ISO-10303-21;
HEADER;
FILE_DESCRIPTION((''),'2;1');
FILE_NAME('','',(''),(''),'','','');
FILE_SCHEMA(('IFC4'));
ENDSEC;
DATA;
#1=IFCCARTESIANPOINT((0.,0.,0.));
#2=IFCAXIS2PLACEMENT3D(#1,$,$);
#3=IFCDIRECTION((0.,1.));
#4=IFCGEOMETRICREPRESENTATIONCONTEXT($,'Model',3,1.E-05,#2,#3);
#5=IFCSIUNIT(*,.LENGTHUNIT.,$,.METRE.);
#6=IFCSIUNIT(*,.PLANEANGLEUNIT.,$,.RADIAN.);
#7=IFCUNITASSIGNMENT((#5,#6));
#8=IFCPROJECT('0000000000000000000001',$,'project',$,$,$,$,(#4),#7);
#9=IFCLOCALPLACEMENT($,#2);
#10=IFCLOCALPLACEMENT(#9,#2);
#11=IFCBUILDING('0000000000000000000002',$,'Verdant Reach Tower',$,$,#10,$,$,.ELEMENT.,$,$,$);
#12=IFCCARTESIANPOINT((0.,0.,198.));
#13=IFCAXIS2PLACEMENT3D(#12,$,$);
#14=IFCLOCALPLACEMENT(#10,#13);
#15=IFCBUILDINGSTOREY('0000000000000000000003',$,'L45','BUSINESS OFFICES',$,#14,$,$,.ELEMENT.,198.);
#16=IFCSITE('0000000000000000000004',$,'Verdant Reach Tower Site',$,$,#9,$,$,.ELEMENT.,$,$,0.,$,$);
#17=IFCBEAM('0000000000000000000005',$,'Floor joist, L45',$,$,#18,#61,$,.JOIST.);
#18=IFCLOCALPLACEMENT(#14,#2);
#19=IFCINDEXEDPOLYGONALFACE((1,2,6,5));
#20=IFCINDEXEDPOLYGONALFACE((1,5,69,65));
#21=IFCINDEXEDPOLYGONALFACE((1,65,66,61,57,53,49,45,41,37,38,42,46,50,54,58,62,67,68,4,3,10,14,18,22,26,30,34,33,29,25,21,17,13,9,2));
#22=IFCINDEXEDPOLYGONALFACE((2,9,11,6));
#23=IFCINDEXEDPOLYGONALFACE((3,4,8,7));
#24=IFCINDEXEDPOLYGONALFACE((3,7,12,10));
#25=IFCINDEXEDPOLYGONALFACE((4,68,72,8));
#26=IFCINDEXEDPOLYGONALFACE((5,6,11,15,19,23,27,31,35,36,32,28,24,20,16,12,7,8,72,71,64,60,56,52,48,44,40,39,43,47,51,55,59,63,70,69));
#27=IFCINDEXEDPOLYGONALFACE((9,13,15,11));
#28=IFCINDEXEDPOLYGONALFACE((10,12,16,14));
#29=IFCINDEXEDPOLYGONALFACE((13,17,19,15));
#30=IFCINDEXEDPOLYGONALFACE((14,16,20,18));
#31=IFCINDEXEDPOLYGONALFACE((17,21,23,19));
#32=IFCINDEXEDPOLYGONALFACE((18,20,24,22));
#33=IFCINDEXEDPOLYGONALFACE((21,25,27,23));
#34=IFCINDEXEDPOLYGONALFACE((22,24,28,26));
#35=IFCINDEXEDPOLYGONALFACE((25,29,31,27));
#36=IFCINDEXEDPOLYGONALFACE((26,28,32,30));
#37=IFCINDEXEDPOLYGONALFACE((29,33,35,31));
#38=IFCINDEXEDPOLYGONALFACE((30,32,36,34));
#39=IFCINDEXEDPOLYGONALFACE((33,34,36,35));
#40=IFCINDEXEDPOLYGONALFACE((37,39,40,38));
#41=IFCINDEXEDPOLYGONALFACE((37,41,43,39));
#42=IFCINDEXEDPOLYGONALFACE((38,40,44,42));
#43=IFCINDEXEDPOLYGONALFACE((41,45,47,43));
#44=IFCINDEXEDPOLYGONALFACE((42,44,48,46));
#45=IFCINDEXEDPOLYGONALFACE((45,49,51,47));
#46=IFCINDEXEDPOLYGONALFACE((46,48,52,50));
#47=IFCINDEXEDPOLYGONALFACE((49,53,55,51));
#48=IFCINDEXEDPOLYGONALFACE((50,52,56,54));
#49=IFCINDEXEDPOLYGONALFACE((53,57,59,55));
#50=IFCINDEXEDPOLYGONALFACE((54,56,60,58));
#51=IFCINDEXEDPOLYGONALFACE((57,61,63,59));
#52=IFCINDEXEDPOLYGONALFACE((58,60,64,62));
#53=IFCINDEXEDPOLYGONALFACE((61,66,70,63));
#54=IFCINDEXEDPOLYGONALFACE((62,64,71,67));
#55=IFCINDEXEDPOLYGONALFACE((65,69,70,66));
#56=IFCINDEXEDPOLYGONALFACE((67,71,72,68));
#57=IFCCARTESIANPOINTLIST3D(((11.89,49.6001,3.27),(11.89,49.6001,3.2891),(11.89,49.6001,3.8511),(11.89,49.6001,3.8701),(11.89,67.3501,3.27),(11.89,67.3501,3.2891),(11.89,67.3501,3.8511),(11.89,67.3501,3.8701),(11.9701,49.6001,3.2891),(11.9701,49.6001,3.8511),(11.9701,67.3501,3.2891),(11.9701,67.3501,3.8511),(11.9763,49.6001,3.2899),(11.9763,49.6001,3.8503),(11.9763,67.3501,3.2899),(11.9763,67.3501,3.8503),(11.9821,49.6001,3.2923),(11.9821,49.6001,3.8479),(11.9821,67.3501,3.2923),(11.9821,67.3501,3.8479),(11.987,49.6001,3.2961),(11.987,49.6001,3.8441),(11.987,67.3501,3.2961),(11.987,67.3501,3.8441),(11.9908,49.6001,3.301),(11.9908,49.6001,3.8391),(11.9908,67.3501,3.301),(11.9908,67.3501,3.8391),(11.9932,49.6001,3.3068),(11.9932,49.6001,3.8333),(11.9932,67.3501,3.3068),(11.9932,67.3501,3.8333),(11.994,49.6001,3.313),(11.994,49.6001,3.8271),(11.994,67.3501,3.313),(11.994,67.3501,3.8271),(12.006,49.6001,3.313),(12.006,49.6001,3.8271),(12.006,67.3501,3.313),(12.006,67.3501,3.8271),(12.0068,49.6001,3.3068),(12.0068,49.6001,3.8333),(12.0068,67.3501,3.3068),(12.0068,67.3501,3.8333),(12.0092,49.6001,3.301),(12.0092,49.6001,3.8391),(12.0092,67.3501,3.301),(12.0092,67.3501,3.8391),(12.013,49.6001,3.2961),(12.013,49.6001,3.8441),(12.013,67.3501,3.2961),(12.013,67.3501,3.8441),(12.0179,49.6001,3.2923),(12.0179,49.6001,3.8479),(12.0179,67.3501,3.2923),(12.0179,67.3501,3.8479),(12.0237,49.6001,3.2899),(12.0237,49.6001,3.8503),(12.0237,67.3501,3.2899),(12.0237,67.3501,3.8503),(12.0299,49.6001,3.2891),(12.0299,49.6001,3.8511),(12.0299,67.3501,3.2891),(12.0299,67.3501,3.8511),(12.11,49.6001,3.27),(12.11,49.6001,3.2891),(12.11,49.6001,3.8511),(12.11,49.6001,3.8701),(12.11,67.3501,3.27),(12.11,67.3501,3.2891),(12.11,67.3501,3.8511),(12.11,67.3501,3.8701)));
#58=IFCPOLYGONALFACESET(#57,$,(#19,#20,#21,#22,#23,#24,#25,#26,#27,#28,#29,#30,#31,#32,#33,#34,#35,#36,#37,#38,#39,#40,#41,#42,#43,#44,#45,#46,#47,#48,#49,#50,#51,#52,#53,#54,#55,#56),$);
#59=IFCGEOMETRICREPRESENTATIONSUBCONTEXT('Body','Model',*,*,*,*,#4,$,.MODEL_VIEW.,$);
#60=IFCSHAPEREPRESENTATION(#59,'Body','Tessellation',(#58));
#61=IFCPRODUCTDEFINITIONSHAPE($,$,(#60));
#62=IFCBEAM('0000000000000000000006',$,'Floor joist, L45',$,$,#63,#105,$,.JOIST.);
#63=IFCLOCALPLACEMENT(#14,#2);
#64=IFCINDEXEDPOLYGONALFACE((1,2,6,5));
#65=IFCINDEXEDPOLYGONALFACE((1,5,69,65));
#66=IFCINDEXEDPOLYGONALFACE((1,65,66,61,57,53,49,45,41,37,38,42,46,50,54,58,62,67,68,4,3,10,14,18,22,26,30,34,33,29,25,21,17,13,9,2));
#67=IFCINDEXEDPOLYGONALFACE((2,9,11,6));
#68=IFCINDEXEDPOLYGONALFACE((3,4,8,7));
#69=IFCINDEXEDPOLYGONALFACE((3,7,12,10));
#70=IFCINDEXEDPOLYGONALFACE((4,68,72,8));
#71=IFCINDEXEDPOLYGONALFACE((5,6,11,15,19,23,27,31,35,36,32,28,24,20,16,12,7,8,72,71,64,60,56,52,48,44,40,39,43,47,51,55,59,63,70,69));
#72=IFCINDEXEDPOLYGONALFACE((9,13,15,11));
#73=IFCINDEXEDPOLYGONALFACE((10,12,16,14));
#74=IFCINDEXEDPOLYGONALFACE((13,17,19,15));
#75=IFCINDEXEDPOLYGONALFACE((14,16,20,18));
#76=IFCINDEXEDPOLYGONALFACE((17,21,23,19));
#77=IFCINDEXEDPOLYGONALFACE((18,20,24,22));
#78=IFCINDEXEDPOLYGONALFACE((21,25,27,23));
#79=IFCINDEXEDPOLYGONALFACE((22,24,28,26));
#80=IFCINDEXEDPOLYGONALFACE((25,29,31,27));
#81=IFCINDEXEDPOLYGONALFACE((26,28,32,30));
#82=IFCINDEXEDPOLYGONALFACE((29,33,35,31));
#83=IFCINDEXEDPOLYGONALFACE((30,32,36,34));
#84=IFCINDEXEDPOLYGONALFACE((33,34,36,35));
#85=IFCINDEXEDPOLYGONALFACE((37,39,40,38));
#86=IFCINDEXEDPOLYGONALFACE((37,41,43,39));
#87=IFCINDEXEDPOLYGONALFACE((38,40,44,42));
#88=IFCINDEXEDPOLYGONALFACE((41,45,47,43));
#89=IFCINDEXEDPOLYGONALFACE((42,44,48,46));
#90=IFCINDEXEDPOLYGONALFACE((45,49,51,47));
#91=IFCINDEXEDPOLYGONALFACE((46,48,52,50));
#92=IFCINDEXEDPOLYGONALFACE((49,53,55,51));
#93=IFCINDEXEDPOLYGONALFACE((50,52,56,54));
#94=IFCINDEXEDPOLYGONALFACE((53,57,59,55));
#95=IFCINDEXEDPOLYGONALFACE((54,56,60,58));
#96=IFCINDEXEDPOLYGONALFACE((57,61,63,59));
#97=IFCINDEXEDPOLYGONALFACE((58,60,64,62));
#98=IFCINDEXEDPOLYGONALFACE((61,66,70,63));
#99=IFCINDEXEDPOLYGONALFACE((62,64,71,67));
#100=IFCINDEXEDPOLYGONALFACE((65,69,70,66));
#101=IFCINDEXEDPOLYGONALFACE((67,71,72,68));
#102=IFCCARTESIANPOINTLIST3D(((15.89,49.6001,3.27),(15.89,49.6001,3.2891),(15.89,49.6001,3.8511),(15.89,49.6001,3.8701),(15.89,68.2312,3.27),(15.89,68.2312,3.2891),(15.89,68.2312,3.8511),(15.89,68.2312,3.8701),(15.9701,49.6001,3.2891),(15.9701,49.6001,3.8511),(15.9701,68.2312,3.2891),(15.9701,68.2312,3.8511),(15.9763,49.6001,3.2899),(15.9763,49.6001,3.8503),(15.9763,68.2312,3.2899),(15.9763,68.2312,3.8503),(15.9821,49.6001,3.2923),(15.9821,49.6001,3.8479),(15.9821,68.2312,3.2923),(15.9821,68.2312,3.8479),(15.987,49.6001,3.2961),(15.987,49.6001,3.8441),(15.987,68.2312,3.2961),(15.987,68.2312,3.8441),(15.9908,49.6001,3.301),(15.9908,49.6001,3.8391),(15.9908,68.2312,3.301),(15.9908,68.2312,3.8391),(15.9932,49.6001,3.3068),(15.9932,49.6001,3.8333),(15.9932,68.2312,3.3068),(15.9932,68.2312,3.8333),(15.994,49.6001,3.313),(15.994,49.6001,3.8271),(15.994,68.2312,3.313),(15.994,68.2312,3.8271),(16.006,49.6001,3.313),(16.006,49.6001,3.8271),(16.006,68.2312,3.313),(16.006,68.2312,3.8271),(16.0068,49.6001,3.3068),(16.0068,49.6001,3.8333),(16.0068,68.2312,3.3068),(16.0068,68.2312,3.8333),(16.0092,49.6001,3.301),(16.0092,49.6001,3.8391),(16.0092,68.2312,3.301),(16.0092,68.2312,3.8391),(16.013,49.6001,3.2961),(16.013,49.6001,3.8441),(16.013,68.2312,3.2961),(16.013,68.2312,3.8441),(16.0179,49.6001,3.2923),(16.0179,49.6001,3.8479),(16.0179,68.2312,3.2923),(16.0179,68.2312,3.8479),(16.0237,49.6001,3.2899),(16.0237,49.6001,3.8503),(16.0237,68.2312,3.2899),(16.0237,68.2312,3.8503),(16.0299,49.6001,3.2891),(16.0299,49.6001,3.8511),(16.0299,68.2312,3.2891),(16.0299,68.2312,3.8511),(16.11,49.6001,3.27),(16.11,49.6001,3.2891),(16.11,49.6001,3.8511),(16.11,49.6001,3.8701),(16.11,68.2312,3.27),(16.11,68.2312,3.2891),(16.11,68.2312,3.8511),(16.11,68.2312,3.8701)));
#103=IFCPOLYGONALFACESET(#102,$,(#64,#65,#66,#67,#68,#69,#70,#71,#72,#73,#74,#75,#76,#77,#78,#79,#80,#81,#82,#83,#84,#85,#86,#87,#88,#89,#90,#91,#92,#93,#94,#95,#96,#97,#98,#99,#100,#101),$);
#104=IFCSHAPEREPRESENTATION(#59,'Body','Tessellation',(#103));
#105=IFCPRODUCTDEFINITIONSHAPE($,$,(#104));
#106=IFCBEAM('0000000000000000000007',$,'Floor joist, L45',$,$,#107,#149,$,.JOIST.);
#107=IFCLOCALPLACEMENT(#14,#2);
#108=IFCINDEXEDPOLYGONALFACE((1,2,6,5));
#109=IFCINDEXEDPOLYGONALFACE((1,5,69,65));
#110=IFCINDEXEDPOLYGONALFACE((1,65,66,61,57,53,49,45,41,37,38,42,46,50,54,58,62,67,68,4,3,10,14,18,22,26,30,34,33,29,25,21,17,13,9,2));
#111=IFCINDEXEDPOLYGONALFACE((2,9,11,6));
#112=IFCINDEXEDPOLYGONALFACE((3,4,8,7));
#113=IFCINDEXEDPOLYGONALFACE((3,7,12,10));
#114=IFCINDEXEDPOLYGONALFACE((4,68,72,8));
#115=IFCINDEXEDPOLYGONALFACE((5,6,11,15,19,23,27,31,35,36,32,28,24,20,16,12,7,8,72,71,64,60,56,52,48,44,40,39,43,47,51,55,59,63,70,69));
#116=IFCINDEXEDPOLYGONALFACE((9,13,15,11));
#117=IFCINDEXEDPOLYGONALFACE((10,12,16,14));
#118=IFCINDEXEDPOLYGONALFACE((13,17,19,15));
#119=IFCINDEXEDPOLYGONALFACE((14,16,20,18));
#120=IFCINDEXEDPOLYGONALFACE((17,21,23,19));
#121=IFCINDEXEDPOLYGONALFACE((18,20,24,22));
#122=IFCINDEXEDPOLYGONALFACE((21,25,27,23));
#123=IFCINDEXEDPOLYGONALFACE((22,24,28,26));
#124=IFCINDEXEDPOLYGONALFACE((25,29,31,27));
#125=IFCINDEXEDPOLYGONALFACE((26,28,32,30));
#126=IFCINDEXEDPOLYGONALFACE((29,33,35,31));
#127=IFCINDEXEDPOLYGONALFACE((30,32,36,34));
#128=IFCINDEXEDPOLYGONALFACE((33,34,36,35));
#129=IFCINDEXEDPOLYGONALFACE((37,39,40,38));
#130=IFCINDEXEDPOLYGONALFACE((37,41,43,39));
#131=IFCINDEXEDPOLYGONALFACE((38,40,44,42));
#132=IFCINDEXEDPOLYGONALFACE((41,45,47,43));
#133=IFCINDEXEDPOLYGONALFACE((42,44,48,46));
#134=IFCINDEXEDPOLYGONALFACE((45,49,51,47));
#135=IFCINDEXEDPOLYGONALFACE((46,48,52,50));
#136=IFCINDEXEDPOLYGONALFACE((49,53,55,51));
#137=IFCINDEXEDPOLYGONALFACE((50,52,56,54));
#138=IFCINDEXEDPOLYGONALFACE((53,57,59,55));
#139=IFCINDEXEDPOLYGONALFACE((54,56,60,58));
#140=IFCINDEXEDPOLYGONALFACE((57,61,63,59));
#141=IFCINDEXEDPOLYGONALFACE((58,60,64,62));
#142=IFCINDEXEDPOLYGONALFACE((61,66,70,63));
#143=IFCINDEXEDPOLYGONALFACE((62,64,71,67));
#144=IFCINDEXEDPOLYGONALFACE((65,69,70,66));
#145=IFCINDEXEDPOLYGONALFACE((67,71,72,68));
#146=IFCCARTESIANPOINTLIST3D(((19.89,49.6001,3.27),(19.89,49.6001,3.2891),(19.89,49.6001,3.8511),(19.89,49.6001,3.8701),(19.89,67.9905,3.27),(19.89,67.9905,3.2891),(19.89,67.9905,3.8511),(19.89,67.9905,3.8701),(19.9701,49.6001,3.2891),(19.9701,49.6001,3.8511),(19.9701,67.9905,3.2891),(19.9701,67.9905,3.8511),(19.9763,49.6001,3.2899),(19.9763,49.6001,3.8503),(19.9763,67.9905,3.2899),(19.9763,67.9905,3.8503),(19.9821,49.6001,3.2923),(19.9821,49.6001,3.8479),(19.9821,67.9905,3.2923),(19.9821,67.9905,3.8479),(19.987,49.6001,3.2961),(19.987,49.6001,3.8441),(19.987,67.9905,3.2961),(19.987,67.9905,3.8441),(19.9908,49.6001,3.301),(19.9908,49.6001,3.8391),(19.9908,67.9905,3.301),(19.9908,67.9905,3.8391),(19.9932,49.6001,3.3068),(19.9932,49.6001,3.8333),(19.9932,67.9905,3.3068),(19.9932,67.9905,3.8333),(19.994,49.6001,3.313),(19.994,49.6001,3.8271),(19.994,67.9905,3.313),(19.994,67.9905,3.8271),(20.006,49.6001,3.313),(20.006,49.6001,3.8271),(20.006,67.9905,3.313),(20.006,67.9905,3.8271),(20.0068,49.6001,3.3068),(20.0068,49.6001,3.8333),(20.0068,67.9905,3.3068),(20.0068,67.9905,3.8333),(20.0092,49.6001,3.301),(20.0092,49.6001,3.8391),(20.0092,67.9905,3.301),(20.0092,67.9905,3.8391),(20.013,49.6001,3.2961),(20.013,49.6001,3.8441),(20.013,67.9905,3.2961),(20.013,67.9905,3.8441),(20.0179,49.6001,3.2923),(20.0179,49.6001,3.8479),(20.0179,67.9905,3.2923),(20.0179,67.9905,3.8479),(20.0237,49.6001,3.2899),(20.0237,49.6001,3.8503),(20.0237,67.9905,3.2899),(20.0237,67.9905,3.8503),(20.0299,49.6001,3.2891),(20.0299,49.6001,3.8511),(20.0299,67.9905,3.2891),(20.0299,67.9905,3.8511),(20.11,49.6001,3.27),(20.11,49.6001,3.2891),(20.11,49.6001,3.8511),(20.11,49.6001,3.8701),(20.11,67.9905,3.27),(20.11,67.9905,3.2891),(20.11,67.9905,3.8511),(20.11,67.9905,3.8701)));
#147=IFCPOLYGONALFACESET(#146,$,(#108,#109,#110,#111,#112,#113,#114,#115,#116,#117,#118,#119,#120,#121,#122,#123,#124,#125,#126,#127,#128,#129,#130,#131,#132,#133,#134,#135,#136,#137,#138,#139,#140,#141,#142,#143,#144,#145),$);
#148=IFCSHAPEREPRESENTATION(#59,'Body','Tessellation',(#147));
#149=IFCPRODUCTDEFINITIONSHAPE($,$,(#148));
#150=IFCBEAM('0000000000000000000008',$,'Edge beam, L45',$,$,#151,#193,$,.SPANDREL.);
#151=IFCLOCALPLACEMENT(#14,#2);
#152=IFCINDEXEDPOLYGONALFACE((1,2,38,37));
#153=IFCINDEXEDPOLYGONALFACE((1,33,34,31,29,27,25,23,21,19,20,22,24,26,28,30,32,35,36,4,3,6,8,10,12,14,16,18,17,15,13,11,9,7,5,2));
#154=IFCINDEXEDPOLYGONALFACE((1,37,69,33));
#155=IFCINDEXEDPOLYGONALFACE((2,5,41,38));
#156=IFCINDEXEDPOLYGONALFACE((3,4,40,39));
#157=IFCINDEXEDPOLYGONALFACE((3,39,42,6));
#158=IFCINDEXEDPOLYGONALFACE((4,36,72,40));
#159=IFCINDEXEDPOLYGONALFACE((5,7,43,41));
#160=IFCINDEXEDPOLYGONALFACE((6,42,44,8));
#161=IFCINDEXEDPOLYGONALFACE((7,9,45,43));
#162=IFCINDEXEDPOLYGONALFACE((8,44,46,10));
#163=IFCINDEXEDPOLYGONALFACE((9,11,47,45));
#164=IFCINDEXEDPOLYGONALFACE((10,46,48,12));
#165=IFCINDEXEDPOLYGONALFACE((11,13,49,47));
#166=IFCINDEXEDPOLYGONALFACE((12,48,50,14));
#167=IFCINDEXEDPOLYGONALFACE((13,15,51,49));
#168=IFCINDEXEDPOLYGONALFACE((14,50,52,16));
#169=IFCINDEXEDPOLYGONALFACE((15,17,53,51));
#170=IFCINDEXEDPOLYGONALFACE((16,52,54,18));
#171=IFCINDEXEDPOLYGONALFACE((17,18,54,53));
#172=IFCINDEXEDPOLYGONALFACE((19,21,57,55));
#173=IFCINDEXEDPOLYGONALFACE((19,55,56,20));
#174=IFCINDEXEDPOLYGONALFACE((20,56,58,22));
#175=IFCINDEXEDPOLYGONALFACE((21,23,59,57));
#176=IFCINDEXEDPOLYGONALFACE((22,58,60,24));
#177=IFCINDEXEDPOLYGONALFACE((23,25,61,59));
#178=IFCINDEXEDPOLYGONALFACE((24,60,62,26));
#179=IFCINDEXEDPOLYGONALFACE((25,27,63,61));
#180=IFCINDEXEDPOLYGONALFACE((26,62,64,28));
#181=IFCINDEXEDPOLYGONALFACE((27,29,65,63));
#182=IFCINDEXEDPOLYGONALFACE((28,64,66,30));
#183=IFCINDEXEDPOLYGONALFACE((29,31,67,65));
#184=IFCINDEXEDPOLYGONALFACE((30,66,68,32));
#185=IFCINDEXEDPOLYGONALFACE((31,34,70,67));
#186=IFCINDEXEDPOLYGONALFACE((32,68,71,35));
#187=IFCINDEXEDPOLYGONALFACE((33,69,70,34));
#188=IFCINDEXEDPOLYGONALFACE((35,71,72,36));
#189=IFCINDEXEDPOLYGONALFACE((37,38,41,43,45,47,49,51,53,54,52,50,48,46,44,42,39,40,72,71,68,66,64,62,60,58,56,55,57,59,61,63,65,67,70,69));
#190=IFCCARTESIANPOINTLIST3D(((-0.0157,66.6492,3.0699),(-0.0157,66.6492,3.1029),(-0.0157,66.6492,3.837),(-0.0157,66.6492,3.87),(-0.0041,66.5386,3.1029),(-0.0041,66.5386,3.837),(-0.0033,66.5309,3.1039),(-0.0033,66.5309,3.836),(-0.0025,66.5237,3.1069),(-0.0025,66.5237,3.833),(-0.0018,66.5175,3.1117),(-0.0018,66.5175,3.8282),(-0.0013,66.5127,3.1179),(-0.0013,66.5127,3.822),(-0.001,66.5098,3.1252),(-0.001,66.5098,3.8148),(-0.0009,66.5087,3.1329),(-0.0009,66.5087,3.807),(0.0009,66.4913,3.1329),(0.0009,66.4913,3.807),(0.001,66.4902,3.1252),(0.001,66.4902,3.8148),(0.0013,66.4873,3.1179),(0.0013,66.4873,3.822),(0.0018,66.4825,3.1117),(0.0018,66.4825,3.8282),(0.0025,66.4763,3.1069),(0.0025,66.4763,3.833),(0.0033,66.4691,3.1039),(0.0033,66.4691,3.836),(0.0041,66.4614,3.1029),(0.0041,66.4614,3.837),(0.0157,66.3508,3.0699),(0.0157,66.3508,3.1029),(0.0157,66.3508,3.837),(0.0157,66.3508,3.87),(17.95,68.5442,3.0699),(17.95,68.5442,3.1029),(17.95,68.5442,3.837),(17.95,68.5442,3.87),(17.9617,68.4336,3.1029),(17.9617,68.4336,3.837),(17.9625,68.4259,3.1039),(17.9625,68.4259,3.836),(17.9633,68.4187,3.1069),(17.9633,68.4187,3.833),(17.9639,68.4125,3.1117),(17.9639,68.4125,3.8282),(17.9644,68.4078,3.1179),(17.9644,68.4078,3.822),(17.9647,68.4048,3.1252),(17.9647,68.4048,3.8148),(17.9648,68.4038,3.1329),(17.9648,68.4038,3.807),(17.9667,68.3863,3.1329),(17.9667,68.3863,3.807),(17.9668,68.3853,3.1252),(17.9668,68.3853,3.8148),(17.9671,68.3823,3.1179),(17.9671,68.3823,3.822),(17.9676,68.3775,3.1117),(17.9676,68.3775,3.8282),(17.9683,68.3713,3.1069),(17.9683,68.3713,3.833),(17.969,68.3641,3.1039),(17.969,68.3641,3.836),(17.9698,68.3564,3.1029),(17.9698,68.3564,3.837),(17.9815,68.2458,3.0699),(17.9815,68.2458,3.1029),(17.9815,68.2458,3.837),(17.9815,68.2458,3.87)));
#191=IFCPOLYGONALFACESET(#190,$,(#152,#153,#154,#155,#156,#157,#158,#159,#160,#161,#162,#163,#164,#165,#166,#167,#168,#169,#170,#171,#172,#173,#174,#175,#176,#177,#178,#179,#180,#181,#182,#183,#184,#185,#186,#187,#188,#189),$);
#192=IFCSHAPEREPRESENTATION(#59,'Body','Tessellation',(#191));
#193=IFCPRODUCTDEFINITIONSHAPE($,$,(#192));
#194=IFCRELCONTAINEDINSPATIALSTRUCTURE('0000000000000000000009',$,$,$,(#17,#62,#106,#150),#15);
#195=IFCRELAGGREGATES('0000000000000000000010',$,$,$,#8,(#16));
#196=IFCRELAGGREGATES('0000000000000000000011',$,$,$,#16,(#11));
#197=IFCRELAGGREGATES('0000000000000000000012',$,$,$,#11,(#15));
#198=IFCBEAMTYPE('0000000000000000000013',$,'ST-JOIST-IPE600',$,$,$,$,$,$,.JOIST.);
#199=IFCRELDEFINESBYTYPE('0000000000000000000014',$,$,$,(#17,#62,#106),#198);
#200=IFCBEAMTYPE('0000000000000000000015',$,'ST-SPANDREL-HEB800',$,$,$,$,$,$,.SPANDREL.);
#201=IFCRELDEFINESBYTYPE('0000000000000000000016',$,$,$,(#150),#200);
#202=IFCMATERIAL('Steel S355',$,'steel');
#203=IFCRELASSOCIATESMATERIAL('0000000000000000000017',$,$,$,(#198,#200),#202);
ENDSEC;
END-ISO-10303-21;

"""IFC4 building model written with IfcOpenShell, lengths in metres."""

from ifc_helpers import new_model, si_unit, direction, frame, origin, origin_2d, place, context, subcontext, project, spatial, i_section, extrude, material, material_profile, profile_set, type_object, element, save


model = new_model("IFC4")

# Units and contexts
model_context = context("Model", 3, precision=1e-05, world=origin(), true_north=direction((0.0, 1.0)))
body_context = subcontext(model_context, "Body", "Model", "MODEL_VIEW")
ifc_project = project(units=[si_unit("LENGTHUNIT", "METRE"), si_unit("PLANEANGLEUNIT", "RADIAN")], contexts=[model_context])

# Site, building, storey
site_placement = place(None, origin())
site = spatial("IfcSite", under=ifc_project, at=site_placement, Name="Verdant Reach Tower Site", CompositionType="ELEMENT", RefElevation=0.0)
building_placement = place(site_placement, origin())
building = spatial("IfcBuilding", under=site, at=building_placement, Name="Verdant Reach Tower", CompositionType="ELEMENT")
storey_placement = place(building_placement, frame((0.0, 0.0, 198.0)))
storey = spatial("IfcBuildingStorey", under=building, at=storey_placement, Name="L45", Description="BUSINESS OFFICES", CompositionType="ELEMENT", Elevation=198.0)

# Beams
ifc_material_1 = material(Name="Steel S355", Category="steel")
ifc_material_profile_1 = material_profile(ifc_material_1, i_section(OverallWidth=0.22, OverallDepth=0.6001, WebThickness=0.012, FlangeThickness=0.019, FilletRadius=0.0239, at=origin_2d()), Name="IPE 600")
ifc_profile_set_1 = profile_set([ifc_material_profile_1], Name="Steel S355")
beam_type_1 = type_object("IfcBeamType", Name="ST-JOIST-IPE600", PredefinedType="JOIST", material=ifc_profile_set_1)
beam_1_placement = place(storey_placement, frame((12.0, 49.6001, 3.5701), z_axis=(0.0, 1.0, 0.0), x_axis=(-1.0, 0.0, 0.0)))
element("IfcBeam", 1, at=beam_1_placement, inside=storey, type_object=beam_type_1, Name="Floor joist, L45", PredefinedType="JOIST", context=body_context, shape_type="SweptSolid", body=[
    extrude(i_section(OverallWidth=0.22, OverallDepth=0.6001, WebThickness=0.012, FlangeThickness=0.019, FilletRadius=0.0239, at=origin_2d()), origin(), (0.0, 0.0, 1.0), 17.75),
])
beam_2_placement = place(storey_placement, frame((16.0, 49.6001, 3.5701), z_axis=(0.0, 1.0, 0.0), x_axis=(-1.0, 0.0, 0.0)))
element("IfcBeam", 2, at=beam_2_placement, inside=storey, type_object=beam_type_1, Name="Floor joist, L45", PredefinedType="JOIST", context=body_context, shape_type="SweptSolid", body=[
    extrude(i_section(OverallWidth=0.22, OverallDepth=0.6001, WebThickness=0.012, FlangeThickness=0.019, FilletRadius=0.0239, at=origin_2d()), origin(), (0.0, 0.0, 1.0), 18.6311),
])
beam_3_placement = place(storey_placement, frame((20.0, 49.6001, 3.5701), z_axis=(0.0, 1.0, 0.0), x_axis=(-1.0, 0.0, 0.0)))
element("IfcBeam", 3, at=beam_3_placement, inside=storey, type_object=beam_type_1, Name="Floor joist, L45", PredefinedType="JOIST", context=body_context, shape_type="SweptSolid", body=[
    extrude(i_section(OverallWidth=0.22, OverallDepth=0.6001, WebThickness=0.012, FlangeThickness=0.019, FilletRadius=0.0239, at=origin_2d()), origin(), (0.0, 0.0, 1.0), 18.3904),
])
ifc_material_profile_2 = material_profile(ifc_material_1, i_section(OverallWidth=0.3, OverallDepth=0.8, WebThickness=0.0176, FlangeThickness=0.033, FilletRadius=0.03, at=origin_2d()), Name="HEB 800")
ifc_profile_set_2 = profile_set([ifc_material_profile_2], Name="Steel S355")
beam_type_2 = type_object("IfcBeamType", Name="ST-SPANDREL-HEB800", PredefinedType="SPANDREL", material=ifc_profile_set_2)
beam_4_placement = place(storey_placement, frame((0.0, 66.5, 3.47), z_axis=(0.994483, 0.104897, 0.0), x_axis=(-0.104897, 0.994483, 0.0)))
element("IfcBeam", 4, at=beam_4_placement, inside=storey, type_object=beam_type_2, Name="Edge beam, L45", PredefinedType="SPANDREL", context=body_context, shape_type="SweptSolid", body=[
    extrude(i_section(OverallWidth=0.3, OverallDepth=0.8, WebThickness=0.0176, FlangeThickness=0.033, FilletRadius=0.03, at=origin_2d()), origin(), (0.0, 0.0, 1.0), 18.0654),
])

save(model, "model.ifc")
